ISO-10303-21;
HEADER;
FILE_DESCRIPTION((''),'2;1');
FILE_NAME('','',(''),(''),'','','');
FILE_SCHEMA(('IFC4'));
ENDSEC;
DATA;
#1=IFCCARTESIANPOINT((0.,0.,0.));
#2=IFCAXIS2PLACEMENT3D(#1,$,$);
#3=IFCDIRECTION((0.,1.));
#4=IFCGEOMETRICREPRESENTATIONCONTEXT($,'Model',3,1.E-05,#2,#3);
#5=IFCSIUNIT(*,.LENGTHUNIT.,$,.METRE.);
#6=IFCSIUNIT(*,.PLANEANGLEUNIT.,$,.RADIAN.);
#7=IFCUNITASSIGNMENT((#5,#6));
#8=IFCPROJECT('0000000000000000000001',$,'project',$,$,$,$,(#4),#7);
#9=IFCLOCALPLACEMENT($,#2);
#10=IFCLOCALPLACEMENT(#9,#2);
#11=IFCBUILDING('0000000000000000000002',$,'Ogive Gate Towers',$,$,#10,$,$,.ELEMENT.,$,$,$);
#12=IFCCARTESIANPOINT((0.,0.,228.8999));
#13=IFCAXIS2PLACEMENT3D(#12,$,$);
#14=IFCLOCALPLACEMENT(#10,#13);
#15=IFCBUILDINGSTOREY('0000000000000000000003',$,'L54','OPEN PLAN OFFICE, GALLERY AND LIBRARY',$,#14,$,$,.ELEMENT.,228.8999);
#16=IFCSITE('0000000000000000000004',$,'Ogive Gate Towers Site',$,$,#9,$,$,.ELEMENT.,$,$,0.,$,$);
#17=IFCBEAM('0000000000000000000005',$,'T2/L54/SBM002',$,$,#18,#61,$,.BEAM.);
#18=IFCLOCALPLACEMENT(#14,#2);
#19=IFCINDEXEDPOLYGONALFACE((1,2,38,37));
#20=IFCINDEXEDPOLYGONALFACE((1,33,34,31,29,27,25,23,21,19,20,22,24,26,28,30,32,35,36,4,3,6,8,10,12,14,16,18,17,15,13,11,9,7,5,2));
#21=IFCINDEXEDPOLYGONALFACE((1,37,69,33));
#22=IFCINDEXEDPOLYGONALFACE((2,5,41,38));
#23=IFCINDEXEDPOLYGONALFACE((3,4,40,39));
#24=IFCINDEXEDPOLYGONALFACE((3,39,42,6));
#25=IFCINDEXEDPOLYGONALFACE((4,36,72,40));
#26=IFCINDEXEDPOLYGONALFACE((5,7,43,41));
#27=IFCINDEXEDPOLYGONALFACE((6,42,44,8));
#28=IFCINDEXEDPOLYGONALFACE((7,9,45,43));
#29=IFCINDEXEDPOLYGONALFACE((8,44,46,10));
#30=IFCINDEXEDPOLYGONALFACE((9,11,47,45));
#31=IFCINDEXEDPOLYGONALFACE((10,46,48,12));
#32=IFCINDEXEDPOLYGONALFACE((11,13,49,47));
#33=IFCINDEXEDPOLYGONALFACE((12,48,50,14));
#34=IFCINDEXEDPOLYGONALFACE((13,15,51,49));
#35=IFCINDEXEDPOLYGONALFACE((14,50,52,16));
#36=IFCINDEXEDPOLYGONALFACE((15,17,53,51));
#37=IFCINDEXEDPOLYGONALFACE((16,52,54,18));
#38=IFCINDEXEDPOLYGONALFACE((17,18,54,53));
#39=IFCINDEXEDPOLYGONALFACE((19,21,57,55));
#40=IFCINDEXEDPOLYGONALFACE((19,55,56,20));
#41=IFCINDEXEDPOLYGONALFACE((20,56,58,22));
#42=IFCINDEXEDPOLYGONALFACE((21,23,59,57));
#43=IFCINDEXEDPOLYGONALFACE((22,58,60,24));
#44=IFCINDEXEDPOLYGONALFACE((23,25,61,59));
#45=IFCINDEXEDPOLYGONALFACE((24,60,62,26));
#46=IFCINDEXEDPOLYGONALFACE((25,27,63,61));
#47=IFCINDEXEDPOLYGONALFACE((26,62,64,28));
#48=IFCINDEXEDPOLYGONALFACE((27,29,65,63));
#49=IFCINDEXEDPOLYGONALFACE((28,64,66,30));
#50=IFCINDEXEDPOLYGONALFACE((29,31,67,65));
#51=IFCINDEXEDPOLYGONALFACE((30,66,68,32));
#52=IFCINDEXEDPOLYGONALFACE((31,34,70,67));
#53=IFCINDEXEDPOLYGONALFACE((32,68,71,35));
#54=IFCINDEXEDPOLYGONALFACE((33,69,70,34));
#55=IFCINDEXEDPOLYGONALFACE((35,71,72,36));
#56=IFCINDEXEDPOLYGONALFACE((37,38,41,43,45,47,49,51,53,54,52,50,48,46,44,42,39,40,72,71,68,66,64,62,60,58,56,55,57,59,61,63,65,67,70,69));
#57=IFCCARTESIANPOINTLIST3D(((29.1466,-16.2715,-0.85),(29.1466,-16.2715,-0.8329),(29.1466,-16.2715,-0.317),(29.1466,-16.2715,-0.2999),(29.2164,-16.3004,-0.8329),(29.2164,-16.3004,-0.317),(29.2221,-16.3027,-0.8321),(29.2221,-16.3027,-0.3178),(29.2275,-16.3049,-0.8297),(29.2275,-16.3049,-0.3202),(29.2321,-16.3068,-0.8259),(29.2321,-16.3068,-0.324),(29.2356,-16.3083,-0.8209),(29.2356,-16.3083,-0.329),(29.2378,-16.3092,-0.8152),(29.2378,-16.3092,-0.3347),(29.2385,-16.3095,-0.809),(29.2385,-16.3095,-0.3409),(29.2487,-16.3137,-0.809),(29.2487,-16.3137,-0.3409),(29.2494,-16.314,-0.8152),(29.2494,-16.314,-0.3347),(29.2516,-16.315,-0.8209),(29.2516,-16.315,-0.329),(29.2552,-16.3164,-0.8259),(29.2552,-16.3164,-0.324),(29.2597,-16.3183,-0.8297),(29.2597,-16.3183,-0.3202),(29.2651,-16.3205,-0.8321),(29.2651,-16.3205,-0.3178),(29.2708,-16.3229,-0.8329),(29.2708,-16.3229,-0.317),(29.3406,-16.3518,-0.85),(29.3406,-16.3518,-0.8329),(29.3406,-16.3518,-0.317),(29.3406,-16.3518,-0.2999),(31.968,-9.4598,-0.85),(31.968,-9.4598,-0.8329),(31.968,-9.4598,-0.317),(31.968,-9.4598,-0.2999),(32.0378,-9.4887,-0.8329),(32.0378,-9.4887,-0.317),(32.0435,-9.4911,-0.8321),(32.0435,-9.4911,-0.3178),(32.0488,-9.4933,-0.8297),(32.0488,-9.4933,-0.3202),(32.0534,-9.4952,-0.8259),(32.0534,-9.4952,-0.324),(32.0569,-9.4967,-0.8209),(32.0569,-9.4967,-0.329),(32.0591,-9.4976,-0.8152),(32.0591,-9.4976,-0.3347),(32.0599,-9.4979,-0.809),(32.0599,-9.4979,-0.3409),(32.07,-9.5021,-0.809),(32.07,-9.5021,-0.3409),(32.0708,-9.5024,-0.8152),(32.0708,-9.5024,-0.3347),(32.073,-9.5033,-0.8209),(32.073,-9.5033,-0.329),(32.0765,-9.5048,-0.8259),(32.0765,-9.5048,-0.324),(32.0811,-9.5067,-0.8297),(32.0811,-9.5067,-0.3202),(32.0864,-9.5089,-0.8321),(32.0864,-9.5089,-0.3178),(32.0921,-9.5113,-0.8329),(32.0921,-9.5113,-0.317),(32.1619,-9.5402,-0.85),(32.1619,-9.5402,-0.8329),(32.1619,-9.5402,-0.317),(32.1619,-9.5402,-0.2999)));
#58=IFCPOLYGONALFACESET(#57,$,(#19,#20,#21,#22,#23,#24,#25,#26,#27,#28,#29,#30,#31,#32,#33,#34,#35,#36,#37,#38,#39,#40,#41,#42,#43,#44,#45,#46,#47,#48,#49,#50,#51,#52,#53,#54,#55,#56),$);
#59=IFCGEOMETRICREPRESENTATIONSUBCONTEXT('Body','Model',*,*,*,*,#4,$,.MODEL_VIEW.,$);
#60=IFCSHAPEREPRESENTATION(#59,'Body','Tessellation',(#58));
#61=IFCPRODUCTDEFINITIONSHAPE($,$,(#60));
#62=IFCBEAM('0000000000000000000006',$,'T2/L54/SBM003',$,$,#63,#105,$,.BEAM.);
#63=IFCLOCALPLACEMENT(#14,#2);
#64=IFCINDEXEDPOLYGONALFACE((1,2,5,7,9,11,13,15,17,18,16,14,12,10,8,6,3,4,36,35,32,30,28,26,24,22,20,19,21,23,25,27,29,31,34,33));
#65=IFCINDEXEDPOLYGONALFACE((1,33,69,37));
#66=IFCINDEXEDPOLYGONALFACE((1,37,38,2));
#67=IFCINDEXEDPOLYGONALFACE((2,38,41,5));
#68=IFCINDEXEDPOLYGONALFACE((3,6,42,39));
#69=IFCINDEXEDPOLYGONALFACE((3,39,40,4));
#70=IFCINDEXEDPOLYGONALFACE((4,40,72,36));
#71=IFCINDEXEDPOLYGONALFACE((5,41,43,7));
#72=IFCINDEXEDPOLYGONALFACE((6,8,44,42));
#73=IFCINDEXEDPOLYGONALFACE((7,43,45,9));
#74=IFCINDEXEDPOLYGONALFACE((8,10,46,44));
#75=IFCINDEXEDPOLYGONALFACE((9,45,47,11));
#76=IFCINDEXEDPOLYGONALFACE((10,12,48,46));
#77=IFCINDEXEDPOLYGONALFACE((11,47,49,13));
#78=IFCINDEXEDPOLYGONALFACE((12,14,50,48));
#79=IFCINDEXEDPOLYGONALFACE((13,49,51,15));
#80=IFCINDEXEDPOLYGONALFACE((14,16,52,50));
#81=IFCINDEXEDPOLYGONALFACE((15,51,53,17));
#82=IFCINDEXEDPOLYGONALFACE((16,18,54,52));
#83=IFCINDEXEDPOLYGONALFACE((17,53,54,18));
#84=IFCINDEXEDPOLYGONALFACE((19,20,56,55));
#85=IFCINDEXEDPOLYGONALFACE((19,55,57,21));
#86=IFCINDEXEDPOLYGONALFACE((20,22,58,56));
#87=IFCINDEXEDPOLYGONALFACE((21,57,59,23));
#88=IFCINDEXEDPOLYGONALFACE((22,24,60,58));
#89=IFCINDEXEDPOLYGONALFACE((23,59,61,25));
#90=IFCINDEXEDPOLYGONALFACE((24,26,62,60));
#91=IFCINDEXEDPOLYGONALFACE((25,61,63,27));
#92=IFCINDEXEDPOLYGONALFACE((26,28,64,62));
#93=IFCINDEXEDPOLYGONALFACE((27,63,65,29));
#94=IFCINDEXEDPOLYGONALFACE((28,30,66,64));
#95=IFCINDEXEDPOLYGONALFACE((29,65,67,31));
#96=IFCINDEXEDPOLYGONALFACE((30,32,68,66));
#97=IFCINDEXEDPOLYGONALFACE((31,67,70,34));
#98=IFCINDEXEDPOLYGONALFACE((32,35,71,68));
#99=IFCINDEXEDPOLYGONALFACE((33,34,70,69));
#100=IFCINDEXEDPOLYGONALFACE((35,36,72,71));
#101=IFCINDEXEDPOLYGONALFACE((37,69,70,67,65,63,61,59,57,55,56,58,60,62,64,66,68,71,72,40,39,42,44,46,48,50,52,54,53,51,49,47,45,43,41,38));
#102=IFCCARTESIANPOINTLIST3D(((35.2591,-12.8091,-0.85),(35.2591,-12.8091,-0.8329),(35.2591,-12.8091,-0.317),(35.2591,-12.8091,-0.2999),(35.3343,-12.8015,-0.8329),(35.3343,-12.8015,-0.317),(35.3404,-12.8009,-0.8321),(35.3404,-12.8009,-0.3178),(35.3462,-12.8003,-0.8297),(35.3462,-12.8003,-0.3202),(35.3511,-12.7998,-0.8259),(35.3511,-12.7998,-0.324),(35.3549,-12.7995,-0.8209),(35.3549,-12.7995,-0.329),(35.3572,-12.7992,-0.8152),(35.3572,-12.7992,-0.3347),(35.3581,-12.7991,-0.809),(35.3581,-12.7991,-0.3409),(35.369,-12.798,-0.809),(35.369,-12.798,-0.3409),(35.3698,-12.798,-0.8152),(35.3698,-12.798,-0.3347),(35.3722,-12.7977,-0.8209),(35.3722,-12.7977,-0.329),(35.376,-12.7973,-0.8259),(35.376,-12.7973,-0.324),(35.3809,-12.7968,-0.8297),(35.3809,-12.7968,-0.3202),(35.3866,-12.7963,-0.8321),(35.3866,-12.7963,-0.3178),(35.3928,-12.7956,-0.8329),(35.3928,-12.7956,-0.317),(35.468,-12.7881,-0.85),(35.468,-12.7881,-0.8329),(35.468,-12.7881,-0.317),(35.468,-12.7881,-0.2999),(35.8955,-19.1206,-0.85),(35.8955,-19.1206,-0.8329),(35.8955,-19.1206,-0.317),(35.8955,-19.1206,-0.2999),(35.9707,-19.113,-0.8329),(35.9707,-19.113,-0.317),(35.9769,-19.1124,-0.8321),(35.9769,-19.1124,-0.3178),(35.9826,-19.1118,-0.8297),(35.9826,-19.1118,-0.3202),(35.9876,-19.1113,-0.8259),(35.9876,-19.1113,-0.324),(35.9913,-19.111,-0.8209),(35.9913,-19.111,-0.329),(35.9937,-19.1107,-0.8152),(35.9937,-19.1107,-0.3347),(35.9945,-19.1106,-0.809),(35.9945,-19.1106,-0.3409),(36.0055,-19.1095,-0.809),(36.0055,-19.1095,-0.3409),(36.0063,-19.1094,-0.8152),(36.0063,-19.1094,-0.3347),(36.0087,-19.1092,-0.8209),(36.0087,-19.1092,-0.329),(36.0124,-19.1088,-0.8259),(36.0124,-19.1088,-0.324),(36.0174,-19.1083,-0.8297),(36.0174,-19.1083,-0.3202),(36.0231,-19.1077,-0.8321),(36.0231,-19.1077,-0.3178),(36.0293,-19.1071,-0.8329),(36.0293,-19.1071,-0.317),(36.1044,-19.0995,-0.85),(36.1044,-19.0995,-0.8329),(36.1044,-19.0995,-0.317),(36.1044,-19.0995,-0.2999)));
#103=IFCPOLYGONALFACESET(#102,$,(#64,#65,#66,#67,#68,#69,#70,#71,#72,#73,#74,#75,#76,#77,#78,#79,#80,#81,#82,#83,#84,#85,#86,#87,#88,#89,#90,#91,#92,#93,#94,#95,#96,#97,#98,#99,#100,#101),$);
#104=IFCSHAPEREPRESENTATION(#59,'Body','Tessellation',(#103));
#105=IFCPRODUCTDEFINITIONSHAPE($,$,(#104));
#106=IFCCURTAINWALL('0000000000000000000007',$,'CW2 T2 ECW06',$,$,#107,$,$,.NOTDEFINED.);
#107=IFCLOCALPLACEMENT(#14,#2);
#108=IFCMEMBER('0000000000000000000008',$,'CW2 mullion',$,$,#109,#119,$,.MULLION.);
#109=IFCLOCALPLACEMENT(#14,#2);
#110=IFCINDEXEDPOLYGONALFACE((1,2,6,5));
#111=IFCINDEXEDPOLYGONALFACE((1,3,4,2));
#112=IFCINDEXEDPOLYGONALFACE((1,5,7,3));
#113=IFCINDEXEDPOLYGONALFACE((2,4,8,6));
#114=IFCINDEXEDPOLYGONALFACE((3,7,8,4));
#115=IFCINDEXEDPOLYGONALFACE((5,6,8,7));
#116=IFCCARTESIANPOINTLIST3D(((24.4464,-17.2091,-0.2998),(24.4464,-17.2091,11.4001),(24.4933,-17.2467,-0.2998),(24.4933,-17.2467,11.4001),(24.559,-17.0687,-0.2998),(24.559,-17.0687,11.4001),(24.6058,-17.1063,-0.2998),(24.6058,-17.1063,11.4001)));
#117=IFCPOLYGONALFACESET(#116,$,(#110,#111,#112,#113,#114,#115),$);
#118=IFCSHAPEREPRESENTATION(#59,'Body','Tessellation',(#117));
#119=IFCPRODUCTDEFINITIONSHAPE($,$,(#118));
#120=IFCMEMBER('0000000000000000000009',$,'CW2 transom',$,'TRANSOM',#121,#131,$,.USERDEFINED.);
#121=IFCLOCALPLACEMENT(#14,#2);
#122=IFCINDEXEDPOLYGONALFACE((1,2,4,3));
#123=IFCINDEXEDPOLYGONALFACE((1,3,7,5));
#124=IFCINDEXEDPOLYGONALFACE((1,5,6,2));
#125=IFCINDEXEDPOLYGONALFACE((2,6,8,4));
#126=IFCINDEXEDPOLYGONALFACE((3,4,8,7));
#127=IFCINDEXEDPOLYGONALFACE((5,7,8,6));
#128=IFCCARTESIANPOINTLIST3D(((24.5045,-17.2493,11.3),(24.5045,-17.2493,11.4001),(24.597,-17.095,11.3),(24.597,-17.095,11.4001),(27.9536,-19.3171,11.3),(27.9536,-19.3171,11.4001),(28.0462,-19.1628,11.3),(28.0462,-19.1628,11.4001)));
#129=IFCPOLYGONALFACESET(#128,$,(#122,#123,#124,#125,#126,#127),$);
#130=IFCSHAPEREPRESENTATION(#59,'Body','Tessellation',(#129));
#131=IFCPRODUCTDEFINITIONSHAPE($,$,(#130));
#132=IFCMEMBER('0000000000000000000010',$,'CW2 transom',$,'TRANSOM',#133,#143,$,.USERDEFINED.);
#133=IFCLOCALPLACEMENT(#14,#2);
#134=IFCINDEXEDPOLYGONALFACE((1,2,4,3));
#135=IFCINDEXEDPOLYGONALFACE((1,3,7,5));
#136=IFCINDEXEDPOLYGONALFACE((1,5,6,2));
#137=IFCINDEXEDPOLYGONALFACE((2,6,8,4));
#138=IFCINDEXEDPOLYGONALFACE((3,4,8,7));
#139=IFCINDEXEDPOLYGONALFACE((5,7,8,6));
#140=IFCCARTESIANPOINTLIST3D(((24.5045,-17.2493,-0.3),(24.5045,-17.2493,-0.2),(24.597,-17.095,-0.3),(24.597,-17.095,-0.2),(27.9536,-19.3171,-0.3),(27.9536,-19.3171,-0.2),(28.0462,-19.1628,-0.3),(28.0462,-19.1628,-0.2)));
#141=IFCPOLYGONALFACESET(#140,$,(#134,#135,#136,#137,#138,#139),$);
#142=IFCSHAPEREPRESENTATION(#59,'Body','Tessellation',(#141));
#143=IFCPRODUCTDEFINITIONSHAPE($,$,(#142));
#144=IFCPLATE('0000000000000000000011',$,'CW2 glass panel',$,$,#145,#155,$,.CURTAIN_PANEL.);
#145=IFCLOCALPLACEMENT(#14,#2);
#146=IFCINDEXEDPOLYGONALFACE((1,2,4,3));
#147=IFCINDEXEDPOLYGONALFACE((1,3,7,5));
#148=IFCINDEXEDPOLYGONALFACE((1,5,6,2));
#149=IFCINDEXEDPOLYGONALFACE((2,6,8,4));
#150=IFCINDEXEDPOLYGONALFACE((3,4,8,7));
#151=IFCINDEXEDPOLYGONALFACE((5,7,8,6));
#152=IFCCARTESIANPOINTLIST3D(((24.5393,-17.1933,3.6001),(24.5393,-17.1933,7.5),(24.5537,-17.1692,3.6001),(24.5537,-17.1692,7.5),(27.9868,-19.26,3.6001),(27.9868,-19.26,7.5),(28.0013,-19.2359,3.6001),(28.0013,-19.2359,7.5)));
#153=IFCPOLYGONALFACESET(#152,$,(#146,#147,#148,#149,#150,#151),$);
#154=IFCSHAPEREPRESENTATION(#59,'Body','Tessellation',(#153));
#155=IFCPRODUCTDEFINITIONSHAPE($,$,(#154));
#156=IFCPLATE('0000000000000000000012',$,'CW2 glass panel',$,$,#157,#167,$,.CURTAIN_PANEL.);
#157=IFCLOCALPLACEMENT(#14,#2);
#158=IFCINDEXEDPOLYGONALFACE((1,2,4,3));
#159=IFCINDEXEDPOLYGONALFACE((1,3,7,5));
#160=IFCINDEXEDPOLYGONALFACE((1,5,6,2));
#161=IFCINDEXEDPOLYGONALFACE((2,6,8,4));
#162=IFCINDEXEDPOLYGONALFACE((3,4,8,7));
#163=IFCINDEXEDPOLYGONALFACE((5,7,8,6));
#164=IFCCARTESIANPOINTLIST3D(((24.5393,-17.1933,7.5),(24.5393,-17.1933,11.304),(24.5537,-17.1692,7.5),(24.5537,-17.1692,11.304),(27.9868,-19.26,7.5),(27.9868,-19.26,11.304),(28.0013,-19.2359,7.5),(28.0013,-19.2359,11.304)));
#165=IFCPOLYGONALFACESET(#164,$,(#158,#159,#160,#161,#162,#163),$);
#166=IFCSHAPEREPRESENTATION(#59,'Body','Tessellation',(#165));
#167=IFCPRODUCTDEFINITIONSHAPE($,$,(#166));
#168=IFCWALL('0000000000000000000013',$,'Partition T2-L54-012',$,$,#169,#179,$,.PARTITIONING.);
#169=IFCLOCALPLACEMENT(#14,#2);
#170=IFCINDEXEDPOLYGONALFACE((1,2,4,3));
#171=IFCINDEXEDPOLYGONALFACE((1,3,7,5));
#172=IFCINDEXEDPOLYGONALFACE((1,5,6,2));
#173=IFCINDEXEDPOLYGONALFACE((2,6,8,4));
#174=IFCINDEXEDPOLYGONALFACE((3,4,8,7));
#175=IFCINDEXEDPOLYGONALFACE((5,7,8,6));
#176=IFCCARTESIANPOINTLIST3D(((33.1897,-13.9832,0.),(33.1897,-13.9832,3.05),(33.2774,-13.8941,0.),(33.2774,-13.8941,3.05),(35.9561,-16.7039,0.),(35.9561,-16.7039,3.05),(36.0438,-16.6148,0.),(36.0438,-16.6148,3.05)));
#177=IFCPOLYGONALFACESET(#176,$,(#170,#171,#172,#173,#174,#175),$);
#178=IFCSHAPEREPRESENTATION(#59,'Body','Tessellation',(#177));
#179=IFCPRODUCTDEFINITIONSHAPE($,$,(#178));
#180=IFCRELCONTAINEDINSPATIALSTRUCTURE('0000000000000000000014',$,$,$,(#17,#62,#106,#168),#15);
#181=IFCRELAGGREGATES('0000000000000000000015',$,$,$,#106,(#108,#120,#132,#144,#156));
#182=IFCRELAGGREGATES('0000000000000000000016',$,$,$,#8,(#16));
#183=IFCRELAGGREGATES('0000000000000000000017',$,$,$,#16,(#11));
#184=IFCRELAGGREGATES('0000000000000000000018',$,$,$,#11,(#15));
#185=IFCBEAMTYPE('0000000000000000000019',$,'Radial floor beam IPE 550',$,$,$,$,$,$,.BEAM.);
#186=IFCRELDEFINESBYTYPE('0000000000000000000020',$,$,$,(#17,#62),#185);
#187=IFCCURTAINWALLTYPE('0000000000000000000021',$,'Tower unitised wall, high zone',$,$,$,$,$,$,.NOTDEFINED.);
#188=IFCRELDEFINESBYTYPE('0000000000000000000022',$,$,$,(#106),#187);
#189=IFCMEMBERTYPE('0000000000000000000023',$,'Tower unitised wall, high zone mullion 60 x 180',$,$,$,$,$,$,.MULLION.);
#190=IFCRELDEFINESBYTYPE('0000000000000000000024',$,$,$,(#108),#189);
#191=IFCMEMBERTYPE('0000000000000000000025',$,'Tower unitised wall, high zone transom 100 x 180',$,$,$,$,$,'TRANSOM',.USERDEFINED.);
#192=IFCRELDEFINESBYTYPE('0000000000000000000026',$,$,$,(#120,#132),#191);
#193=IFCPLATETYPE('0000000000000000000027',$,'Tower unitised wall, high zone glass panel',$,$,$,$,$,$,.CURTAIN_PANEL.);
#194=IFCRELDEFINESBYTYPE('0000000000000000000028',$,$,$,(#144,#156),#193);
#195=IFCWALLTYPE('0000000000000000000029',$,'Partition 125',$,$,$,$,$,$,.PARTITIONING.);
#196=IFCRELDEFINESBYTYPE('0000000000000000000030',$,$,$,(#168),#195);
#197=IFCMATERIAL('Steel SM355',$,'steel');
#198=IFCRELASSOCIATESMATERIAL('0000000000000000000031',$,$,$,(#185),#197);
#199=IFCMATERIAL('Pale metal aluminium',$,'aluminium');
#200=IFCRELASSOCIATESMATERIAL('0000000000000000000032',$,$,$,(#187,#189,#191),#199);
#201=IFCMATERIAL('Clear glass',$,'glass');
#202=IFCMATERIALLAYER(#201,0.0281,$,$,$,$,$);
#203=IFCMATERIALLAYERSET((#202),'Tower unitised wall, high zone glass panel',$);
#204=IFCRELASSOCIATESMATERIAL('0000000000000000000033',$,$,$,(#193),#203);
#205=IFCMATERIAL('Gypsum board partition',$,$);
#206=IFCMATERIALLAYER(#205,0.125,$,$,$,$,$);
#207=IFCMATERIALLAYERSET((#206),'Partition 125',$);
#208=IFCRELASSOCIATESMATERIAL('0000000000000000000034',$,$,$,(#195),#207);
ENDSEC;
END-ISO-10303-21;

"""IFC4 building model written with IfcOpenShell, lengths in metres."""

from ifc_helpers import new_model, si_unit, direction, frame, frame_2d, origin, origin_2d, place, context, subcontext, project, spatial, rectangle, i_section, extrude, material, layer, layer_set, material_profile, profile_set, type_object, element, aggregate, save


model = new_model("IFC4")

# Units and contexts
model_context = context("Model", 3, precision=1e-05, world=origin(), true_north=direction((0.0, 1.0)))
body_context = subcontext(model_context, "Body", "Model", "MODEL_VIEW")
ifc_project = project(units=[si_unit("LENGTHUNIT", "METRE"), si_unit("PLANEANGLEUNIT", "RADIAN")], contexts=[model_context])

# Site, building, storey
site_placement = place(None, origin())
site = spatial("IfcSite", under=ifc_project, at=site_placement, Name="Ogive Gate Towers Site", CompositionType="ELEMENT", RefElevation=0.0)
building_placement = place(site_placement, origin())
building = spatial("IfcBuilding", under=site, at=building_placement, Name="Ogive Gate Towers", CompositionType="ELEMENT")
storey_placement = place(building_placement, frame((0.0, 0.0, 228.8999)))
storey = spatial("IfcBuildingStorey", under=building, at=storey_placement, Name="L54", Description="OPEN PLAN OFFICE, GALLERY AND LIBRARY", CompositionType="ELEMENT", Elevation=228.8999)

# Beams
ifc_material_1 = material(Name="Steel SM355", Category="steel")
ifc_material_profile_1 = material_profile(ifc_material_1, i_section(OverallWidth=0.21, OverallDepth=0.55, WebThickness=0.011, FlangeThickness=0.0171, FilletRadius=0.0239, at=origin_2d()), Name="IPE 550")
ifc_profile_set_1 = profile_set([ifc_material_profile_1], Name="Steel SM355")
beam_type = type_object("IfcBeamType", Name="Radial floor beam IPE 550", PredefinedType="BEAM", material=ifc_profile_set_1)
beam_1_placement = place(storey_placement, frame((32.0649, -9.5, -0.575), z_axis=(-0.382668, -0.923886, 0.0), x_axis=(0.923886, -0.382668, 0.0)))
element("IfcBeam", 1, at=beam_1_placement, inside=storey, type_object=beam_type, Name="T2/L54/SBM002", PredefinedType="BEAM", context=body_context, shape_type="SweptSolid", body=[
    extrude(i_section(OverallWidth=0.21, OverallDepth=0.55, WebThickness=0.011, FlangeThickness=0.0171, FilletRadius=0.0239, at=origin_2d()), origin(), (0.0, 0.0, 1.0), 7.3728),
])
beam_2_placement = place(storey_placement, frame((35.3635, -12.7986, -0.575), z_axis=(0.100334, -0.994954, 0.0), x_axis=(0.994954, 0.100334, 0.0)))
element("IfcBeam", 2, at=beam_2_placement, inside=storey, type_object=beam_type, Name="T2/L54/SBM003", PredefinedType="BEAM", context=body_context, shape_type="SweptSolid", body=[
    extrude(i_section(OverallWidth=0.21, OverallDepth=0.55, WebThickness=0.011, FlangeThickness=0.0171, FilletRadius=0.0239, at=origin_2d()), origin(), (0.0, 0.0, 1.0), 6.3435),
])

# Curtain wall, members, plates
ifc_material_2 = material(Name="Pale metal aluminium", Category="aluminium")
curtain_wall_type = type_object("IfcCurtainWallType", Name="Tower unitised wall, high zone", PredefinedType="NOTDEFINED", material=ifc_material_2)
curtain_wall_placement = place(storey_placement, origin())
curtain_wall = element("IfcCurtainWall", 3, at=curtain_wall_placement, inside=storey, type_object=curtain_wall_type, Name="CW2 T2 ECW06", PredefinedType="NOTDEFINED")
ifc_material_profile_2 = material_profile(ifc_material_2, rectangle(XDim=0.1799, YDim=0.0601, at=origin_2d()), Name="60 x 180 aluminium box")
ifc_profile_set_2 = profile_set([ifc_material_profile_2], Name="Pale metal aluminium")
member_type_1 = type_object("IfcMemberType", Name="Tower unitised wall, high zone mullion 60 x 180", PredefinedType="MULLION", material=ifc_profile_set_2)
member_1_placement = place(storey_placement, frame((24.5261, -17.1577, -0.2998), z_axis=(0.0, 0.0, 1.0), x_axis=(-0.625529, -0.780201, 0.0)))
member_1 = element("IfcMember", 4, at=member_1_placement, type_object=member_type_1, Name="CW2 mullion", PredefinedType="MULLION", context=body_context, shape_type="SweptSolid", body=[
    extrude(rectangle(XDim=0.1799, YDim=0.0601, at=origin_2d()), origin(), (0.0, 0.0, 1.0), 11.7),
])
ifc_material_profile_3 = material_profile(ifc_material_2, rectangle(XDim=0.1799, YDim=0.1001, at=origin_2d()), Name="100 x 180 aluminium box")
ifc_profile_set_3 = profile_set([ifc_material_profile_3], Name="Pale metal aluminium")
member_type_2 = type_object("IfcMemberType", Name="Tower unitised wall, high zone transom 100 x 180", ElementType="TRANSOM", PredefinedType="USERDEFINED", material=ifc_profile_set_3)
member_2_placement = place(storey_placement, frame((24.5508, -17.1721, 11.3501), z_axis=(0.857675, -0.514192, 0.0), x_axis=(0.514192, 0.857675, 0.0)))
member_2 = element("IfcMember", 5, at=member_2_placement, type_object=member_type_2, Name="CW2 transom", ObjectType="TRANSOM", PredefinedType="USERDEFINED", context=body_context, shape_type="SweptSolid", body=[
    extrude(rectangle(XDim=0.1799, YDim=0.1001, at=origin_2d()), origin(), (0.0, 0.0, 1.0), 4.0215),
])
member_3_placement = place(storey_placement, frame((24.5508, -17.1721, -0.25), z_axis=(0.857675, -0.514192, 0.0), x_axis=(0.514192, 0.857675, 0.0)))
member_3 = element("IfcMember", 6, at=member_3_placement, type_object=member_type_2, Name="CW2 transom", ObjectType="TRANSOM", PredefinedType="USERDEFINED", context=body_context, shape_type="SweptSolid", body=[
    extrude(rectangle(XDim=0.1799, YDim=0.1001, at=origin_2d()), origin(), (0.0, 0.0, 1.0), 4.0215),
])
ifc_material_3 = material(Name="Clear glass", Category="glass")
ifc_layer_1 = layer(ifc_material_3, 0.0281)
ifc_layer_set_1 = layer_set([ifc_layer_1], Name="Tower unitised wall, high zone glass panel")
plate_type = type_object("IfcPlateType", Name="Tower unitised wall, high zone glass panel", PredefinedType="CURTAIN_PANEL", material=ifc_layer_set_1)
plate_1_placement = place(storey_placement, frame((26.2703, -18.2146, 3.6001), z_axis=(0.0, 0.0, 1.0), x_axis=(0.857697, -0.514155, 0.0)))
plate_1 = element("IfcPlate", 7, at=plate_1_placement, type_object=plate_type, Name="CW2 glass panel", PredefinedType="CURTAIN_PANEL", context=body_context, shape_type="SweptSolid", body=[
    extrude(rectangle(XDim=4.0195, YDim=0.0281, at=origin_2d()), origin(), (0.0, 0.0, 1.0), 3.8999),
])
plate_2_placement = place(storey_placement, frame((26.2703, -18.2146, 7.5), z_axis=(0.0, 0.0, 1.0), x_axis=(0.857697, -0.514155, 0.0)))
plate_2 = element("IfcPlate", 8, at=plate_2_placement, type_object=plate_type, Name="CW2 glass panel", PredefinedType="CURTAIN_PANEL", context=body_context, shape_type="SweptSolid", body=[
    extrude(rectangle(XDim=4.0195, YDim=0.0281, at=origin_2d()), origin(), (0.0, 0.0, 1.0), 3.804),
])
aggregate(curtain_wall, [member_1, member_2, member_3, plate_1, plate_2])

# Wall
ifc_material_4 = material(Name="Gypsum board partition")
ifc_layer_2 = layer(ifc_material_4, 0.125)
ifc_layer_set_2 = layer_set([ifc_layer_2], Name="Partition 125")
wall_type_1 = type_object("IfcWallType", Name="Partition 125", PredefinedType="PARTITIONING", material=ifc_layer_set_2)
wall_1_placement = place(storey_placement, frame((33.2336, -13.9387, 0.0), z_axis=(0.0, 0.0, 1.0), x_axis=(0.712965, -0.701199, 0.0)))
element("IfcWall", 9, at=wall_1_placement, inside=storey, type_object=wall_type_1, Name="Partition T2-L54-012", PredefinedType="PARTITIONING", context=body_context, shape_type="SweptSolid", body=[
    extrude(rectangle(XDim=3.8801, YDim=0.125, at=frame_2d((1.9399, 0.0))), origin(), (0.0, 0.0, 1.0), 3.05),
])

save(model, "model.ifc")
